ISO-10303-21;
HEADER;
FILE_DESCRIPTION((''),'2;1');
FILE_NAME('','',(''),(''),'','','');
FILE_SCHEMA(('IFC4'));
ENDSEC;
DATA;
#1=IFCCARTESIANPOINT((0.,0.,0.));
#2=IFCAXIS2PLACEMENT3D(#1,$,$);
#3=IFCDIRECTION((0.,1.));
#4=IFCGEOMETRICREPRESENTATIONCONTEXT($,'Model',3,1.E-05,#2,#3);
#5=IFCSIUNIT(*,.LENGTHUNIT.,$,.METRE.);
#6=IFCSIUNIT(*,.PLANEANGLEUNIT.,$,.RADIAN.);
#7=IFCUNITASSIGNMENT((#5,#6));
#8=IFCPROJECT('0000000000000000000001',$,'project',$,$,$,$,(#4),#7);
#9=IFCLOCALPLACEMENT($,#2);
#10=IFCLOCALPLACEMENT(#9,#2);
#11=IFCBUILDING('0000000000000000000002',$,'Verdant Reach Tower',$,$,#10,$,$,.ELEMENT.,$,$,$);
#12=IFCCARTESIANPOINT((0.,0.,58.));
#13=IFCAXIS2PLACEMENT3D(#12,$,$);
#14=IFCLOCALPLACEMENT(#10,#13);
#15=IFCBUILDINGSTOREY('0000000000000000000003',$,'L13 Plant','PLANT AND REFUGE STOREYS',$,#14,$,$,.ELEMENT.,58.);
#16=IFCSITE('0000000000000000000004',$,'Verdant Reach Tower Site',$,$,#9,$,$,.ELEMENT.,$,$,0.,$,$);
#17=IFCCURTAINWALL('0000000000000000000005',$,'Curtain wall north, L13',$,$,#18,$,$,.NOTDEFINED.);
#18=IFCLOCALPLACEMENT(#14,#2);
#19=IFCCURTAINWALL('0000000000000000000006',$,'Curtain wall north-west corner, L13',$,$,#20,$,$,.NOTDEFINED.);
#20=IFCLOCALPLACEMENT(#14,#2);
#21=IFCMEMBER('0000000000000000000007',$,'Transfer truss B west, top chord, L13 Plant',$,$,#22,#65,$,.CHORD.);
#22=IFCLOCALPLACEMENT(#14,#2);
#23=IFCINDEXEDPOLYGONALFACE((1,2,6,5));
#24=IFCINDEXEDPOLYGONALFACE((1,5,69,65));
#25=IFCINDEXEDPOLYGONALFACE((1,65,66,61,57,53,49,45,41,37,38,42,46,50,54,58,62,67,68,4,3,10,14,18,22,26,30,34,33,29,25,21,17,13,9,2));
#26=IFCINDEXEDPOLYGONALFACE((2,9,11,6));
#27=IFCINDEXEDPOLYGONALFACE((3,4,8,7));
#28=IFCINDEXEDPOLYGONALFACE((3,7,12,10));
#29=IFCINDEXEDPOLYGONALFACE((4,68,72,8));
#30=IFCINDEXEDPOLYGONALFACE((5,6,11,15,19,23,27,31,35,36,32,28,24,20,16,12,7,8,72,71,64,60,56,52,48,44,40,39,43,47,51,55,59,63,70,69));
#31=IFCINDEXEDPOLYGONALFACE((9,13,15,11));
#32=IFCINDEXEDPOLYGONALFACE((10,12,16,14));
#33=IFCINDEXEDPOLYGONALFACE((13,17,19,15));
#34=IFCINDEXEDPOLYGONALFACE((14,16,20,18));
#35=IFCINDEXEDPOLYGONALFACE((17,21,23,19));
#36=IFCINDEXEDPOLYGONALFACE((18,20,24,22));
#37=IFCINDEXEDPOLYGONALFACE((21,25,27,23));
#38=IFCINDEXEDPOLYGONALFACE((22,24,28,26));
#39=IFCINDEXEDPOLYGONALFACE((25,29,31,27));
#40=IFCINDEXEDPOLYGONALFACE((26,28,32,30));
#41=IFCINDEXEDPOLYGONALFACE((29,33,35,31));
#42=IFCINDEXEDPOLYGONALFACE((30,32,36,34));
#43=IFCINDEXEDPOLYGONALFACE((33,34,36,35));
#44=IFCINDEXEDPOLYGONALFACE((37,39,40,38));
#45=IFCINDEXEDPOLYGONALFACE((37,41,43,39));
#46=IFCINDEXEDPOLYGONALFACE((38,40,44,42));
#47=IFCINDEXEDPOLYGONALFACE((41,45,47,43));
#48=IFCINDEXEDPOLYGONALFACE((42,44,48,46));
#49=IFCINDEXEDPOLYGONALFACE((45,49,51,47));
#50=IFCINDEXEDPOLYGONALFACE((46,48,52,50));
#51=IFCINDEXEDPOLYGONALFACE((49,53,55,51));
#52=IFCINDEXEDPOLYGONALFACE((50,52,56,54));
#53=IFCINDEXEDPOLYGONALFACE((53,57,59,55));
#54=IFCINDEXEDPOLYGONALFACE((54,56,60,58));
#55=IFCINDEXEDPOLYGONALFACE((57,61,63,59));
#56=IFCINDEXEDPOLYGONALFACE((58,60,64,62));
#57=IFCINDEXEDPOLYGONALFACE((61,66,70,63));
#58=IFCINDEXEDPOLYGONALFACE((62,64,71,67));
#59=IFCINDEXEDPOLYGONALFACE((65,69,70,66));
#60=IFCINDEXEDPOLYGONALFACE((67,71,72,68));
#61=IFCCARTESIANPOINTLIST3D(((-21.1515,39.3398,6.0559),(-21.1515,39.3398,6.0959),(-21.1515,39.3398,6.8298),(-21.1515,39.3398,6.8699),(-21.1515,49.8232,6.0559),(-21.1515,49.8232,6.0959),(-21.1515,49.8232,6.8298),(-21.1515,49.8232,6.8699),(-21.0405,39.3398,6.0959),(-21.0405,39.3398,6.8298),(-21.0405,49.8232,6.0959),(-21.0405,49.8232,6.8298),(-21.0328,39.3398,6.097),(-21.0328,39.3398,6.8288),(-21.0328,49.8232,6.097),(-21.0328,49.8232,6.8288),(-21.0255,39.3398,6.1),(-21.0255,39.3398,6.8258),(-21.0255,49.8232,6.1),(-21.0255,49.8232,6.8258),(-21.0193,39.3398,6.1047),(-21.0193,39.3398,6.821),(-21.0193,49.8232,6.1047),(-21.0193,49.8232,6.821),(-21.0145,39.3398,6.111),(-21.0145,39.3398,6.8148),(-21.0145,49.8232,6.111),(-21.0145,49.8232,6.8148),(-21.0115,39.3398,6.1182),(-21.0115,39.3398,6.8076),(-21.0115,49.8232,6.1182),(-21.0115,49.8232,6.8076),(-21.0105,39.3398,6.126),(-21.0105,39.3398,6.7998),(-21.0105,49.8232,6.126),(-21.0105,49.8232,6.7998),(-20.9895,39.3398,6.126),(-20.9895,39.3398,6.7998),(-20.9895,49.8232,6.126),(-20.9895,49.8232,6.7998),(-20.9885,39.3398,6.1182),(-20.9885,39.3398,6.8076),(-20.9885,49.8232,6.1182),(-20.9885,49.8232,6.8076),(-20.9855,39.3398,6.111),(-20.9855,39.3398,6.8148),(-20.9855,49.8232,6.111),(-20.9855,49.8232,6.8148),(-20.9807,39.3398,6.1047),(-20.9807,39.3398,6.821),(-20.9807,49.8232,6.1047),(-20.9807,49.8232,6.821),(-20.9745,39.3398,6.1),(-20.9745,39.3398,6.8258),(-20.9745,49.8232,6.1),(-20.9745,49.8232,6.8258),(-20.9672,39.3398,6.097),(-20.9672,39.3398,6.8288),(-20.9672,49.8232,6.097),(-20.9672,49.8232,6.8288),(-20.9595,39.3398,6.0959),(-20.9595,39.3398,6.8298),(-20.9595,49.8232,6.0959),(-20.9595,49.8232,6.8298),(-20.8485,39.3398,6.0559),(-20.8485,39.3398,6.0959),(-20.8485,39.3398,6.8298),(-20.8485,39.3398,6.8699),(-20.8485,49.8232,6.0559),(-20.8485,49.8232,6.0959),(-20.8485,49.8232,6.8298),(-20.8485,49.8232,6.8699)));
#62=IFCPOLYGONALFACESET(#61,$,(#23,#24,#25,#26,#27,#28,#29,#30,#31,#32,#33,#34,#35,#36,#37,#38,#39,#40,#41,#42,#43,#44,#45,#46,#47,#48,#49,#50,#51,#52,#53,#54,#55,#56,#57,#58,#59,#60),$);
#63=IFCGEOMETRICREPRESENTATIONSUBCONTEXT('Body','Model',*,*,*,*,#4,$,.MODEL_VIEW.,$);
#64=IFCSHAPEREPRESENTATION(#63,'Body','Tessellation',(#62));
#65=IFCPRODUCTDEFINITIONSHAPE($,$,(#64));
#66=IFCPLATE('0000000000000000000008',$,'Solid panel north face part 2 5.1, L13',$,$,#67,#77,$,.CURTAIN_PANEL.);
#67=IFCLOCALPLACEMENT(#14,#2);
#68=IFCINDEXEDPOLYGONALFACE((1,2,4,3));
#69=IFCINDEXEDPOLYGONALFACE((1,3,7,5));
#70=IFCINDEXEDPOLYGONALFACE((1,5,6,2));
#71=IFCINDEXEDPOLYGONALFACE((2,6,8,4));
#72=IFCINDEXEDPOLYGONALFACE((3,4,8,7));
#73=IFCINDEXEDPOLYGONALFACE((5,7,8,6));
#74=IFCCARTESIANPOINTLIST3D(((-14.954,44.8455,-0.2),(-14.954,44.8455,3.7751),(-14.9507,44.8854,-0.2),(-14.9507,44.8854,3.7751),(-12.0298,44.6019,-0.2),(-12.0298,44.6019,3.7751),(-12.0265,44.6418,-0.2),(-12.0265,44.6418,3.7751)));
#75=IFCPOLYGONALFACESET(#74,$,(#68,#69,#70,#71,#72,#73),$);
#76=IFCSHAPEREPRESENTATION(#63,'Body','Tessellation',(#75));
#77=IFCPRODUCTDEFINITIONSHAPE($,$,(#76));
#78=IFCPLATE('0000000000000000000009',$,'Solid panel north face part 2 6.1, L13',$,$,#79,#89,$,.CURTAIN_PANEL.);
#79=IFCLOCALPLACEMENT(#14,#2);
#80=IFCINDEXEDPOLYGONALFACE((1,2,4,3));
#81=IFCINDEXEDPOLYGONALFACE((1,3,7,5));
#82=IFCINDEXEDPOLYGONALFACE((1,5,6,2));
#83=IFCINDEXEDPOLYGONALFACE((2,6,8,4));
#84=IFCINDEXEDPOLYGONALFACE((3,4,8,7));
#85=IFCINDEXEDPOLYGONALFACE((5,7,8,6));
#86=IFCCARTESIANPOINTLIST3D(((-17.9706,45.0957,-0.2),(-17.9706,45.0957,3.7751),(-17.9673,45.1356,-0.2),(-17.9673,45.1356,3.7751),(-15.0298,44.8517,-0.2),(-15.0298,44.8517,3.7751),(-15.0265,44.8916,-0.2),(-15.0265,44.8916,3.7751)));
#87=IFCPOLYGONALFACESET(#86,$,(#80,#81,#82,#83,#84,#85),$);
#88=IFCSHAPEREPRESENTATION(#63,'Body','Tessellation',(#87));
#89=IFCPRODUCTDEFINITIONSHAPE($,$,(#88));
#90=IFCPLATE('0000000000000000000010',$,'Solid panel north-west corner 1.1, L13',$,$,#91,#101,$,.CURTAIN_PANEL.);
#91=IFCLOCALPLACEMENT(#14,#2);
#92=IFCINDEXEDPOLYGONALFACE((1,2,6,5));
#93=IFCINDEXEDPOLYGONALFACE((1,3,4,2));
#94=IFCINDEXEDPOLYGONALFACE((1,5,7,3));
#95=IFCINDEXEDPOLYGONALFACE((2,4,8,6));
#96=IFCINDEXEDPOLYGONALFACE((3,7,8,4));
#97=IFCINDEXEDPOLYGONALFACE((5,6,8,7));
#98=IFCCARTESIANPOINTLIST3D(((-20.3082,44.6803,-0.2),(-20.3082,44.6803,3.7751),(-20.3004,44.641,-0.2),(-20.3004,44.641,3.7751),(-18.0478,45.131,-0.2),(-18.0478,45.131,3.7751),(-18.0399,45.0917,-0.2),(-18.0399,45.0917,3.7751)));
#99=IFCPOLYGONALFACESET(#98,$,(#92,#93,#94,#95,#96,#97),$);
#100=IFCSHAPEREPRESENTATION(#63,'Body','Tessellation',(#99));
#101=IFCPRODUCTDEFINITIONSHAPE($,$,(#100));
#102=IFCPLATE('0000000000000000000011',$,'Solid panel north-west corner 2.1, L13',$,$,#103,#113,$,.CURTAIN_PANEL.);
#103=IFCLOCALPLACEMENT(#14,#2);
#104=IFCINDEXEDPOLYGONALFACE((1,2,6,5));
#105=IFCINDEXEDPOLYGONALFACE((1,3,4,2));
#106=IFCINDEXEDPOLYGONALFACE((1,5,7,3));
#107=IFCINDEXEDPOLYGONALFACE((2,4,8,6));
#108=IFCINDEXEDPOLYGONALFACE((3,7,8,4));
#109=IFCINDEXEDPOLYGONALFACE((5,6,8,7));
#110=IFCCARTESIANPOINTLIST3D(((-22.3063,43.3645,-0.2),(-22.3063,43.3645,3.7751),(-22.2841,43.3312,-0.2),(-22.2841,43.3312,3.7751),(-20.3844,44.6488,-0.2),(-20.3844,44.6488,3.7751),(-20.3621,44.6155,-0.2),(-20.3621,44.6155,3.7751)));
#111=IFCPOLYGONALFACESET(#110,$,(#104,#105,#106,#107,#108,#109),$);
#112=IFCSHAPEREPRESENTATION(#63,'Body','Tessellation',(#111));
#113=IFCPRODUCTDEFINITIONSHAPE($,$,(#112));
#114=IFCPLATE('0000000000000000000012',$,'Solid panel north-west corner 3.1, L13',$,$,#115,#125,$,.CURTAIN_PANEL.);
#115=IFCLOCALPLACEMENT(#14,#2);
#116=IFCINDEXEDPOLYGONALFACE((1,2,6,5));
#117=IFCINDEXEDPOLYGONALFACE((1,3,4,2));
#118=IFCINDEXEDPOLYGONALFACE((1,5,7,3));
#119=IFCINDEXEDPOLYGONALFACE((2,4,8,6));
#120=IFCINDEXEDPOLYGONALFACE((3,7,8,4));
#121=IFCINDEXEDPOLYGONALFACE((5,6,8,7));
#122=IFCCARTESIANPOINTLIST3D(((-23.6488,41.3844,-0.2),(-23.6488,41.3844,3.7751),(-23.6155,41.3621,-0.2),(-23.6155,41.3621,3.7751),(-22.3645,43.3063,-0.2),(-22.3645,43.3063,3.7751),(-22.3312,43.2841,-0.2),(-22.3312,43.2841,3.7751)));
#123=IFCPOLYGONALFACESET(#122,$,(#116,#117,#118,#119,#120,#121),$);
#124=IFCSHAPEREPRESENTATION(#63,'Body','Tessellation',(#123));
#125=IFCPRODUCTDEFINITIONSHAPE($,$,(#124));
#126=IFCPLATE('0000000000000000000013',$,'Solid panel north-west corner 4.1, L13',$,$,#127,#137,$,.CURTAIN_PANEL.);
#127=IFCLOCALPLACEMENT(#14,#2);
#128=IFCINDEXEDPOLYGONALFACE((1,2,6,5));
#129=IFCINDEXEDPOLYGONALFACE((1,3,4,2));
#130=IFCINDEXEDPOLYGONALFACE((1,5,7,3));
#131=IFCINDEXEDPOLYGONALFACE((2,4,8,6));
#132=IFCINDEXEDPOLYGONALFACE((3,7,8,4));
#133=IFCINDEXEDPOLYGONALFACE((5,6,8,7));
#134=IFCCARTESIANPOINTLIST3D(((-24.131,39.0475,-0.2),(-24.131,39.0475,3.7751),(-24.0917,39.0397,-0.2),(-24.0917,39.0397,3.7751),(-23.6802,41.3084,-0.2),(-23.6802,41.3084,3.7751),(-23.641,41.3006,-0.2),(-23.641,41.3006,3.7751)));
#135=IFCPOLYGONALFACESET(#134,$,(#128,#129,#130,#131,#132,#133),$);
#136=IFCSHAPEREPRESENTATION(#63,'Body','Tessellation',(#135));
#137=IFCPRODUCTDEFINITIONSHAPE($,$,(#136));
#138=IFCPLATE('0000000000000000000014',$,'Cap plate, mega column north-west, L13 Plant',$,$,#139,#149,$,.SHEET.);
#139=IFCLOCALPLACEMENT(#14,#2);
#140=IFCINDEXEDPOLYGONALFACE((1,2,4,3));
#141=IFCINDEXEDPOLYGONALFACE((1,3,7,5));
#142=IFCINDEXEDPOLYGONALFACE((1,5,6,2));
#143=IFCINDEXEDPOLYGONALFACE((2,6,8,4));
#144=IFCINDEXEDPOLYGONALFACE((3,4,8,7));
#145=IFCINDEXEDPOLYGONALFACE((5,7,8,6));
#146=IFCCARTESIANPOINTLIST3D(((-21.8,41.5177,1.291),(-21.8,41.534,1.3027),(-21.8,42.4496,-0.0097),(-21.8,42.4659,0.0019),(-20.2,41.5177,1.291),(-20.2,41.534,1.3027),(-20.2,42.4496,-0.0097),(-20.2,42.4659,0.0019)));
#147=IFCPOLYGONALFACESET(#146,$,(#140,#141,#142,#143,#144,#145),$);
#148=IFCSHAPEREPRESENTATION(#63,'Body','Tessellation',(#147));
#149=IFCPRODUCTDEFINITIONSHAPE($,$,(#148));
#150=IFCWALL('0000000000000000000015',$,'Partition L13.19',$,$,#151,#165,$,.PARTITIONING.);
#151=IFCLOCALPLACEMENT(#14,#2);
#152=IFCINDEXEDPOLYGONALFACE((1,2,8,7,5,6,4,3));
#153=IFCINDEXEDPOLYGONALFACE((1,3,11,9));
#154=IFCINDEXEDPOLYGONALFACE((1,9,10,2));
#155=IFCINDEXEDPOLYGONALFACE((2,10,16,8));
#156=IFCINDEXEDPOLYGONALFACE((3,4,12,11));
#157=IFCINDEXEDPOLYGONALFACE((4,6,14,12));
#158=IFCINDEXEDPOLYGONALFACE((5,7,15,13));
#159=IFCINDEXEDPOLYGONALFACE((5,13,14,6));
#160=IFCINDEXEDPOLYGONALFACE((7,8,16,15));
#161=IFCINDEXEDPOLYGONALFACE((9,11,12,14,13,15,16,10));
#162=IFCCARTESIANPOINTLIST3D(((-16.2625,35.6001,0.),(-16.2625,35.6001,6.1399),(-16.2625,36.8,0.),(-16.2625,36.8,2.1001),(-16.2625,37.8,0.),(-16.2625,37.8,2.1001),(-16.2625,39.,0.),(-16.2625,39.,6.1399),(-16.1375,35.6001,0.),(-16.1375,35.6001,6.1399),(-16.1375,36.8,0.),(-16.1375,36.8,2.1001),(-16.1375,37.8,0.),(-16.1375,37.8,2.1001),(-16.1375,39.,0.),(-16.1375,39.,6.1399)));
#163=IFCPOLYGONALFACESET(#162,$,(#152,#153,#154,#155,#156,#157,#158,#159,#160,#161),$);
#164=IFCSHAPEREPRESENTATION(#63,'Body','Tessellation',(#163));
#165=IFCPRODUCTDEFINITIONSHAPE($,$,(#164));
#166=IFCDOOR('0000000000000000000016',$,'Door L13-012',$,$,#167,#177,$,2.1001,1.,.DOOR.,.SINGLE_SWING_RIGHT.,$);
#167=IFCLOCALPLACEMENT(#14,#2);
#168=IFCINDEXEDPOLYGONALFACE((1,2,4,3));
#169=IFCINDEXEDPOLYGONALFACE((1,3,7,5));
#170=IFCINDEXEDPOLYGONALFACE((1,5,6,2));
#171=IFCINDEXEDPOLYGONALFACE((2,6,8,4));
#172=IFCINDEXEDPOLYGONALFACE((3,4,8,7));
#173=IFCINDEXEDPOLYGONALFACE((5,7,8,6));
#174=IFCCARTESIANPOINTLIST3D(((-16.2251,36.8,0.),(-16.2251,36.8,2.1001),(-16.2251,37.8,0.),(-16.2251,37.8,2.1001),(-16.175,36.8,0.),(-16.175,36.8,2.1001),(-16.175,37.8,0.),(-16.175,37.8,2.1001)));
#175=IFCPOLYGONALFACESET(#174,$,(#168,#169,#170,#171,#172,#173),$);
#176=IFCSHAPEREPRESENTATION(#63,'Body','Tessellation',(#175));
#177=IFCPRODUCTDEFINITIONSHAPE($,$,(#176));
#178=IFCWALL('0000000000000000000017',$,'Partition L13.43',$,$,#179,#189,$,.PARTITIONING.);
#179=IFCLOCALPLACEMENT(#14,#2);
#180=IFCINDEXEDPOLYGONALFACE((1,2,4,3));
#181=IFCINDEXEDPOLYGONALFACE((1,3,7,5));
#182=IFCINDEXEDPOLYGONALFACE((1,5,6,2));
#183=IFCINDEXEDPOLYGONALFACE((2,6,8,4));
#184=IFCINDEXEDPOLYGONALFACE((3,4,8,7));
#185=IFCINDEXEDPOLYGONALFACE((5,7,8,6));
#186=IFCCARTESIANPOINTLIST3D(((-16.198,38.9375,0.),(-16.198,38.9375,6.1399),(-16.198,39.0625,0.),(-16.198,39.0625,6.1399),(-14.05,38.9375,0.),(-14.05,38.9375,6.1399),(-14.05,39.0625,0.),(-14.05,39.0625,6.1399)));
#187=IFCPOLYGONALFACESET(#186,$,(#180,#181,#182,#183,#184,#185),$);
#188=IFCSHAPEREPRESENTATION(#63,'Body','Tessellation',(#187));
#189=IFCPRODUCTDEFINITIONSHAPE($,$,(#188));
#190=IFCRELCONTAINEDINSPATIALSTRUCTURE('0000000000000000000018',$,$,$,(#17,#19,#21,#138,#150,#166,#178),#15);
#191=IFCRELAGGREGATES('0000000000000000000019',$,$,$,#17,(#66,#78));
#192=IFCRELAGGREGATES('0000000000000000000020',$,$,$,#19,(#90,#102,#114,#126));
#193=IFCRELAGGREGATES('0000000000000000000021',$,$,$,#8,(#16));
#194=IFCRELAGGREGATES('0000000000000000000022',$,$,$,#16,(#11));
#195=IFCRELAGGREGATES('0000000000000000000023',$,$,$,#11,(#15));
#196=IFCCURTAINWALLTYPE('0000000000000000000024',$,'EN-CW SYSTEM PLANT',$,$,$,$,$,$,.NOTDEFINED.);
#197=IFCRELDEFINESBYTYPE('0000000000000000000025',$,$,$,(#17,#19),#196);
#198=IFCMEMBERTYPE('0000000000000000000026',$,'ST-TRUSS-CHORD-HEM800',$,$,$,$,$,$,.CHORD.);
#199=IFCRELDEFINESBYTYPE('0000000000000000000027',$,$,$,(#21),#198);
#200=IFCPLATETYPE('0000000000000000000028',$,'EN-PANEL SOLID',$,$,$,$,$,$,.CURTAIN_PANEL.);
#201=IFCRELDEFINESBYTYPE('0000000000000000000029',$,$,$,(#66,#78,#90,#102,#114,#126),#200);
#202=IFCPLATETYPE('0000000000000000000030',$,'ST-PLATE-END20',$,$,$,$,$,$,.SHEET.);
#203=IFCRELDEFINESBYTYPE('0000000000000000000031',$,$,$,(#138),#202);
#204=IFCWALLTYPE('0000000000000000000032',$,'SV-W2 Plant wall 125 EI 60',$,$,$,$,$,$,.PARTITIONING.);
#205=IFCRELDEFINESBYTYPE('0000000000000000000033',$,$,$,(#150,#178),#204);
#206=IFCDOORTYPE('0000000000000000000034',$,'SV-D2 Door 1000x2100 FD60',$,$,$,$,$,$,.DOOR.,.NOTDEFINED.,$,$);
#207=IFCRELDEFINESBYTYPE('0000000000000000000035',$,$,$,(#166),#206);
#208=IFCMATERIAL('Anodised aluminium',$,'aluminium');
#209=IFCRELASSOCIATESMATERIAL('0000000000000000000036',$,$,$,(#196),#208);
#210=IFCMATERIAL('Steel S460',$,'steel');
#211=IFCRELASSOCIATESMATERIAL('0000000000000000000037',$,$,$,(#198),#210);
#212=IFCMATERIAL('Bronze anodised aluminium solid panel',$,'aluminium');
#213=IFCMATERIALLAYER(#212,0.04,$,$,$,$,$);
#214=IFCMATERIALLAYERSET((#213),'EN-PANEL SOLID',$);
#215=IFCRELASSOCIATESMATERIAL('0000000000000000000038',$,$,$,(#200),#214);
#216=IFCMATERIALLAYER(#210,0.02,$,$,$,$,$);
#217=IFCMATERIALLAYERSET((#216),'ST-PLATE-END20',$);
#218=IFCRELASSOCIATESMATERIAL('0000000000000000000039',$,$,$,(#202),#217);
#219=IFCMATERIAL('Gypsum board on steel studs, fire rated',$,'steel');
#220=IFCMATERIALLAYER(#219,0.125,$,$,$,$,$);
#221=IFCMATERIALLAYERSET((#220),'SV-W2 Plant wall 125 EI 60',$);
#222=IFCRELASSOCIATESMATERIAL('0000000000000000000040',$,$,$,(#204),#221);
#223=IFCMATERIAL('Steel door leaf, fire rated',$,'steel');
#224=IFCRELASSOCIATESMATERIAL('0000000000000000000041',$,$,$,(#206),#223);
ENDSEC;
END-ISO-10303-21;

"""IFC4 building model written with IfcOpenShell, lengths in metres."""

from ifc_helpers import new_model, si_unit, direction, frame, frame_2d, origin, origin_2d, place, context, subcontext, project, spatial, rectangle, i_section, extrude, material, layer, layer_set, material_profile, profile_set, type_object, element, fill, aggregate, save


model = new_model("IFC4")

# Units and contexts
model_context = context("Model", 3, precision=1e-05, world=origin(), true_north=direction((0.0, 1.0)))
body_context = subcontext(model_context, "Body", "Model", "MODEL_VIEW")
ifc_project = project(units=[si_unit("LENGTHUNIT", "METRE"), si_unit("PLANEANGLEUNIT", "RADIAN")], contexts=[model_context])

# Site, building, storey
site_placement = place(None, origin())
site = spatial("IfcSite", under=ifc_project, at=site_placement, Name="Verdant Reach Tower Site", CompositionType="ELEMENT", RefElevation=0.0)
building_placement = place(site_placement, origin())
building = spatial("IfcBuilding", under=site, at=building_placement, Name="Verdant Reach Tower", CompositionType="ELEMENT")
storey_placement = place(building_placement, frame((0.0, 0.0, 58.0)))
storey = spatial("IfcBuildingStorey", under=building, at=storey_placement, Name="L13 Plant", Description="PLANT AND REFUGE STOREYS", CompositionType="ELEMENT", Elevation=58.0)

# Shared definitions
ifc_material_1 = material(Name="Steel S460", Category="steel")

# Curtain wall
ifc_material_2 = material(Name="Anodised aluminium", Category="aluminium")
curtain_wall_type = type_object("IfcCurtainWallType", Name="EN-CW SYSTEM PLANT", PredefinedType="NOTDEFINED", material=ifc_material_2)
curtain_wall_1_placement = place(storey_placement, origin())
curtain_wall_1 = element("IfcCurtainWall", 1, at=curtain_wall_1_placement, inside=storey, type_object=curtain_wall_type, Name="Curtain wall north, L13", PredefinedType="NOTDEFINED")

# Curtain wall
curtain_wall_2_placement = place(storey_placement, origin())
curtain_wall_2 = element("IfcCurtainWall", 2, at=curtain_wall_2_placement, inside=storey, type_object=curtain_wall_type, Name="Curtain wall north-west corner, L13", PredefinedType="NOTDEFINED")

# Member
ifc_material_profile_1 = material_profile(ifc_material_1, i_section(OverallWidth=0.303, OverallDepth=0.814, WebThickness=0.021, FlangeThickness=0.04, FilletRadius=0.03, at=origin_2d()), Name="HEM 800")
ifc_profile_set_1 = profile_set([ifc_material_profile_1], Name="Steel S460")
member_type_1 = type_object("IfcMemberType", Name="ST-TRUSS-CHORD-HEM800", PredefinedType="CHORD", material=ifc_profile_set_1)
member_1_placement = place(storey_placement, frame((-21.0, 39.3398, 6.4629), z_axis=(0.0, 1.0, 0.0), x_axis=(-1.0, 0.0, 0.0)))
element("IfcMember", 3, at=member_1_placement, inside=storey, type_object=member_type_1, Name="Transfer truss B west, top chord, L13 Plant", PredefinedType="CHORD", context=body_context, shape_type="SweptSolid", body=[
    extrude(i_section(OverallWidth=0.303, OverallDepth=0.814, WebThickness=0.021, FlangeThickness=0.04, FilletRadius=0.03, at=origin_2d()), origin(), (0.0, 0.0, 1.0), 10.4834),
])

# Plates
ifc_material_3 = material(Name="Bronze anodised aluminium solid panel", Category="aluminium")
ifc_layer_1 = layer(ifc_material_3, 0.04)
ifc_layer_set_1 = layer_set([ifc_layer_1], Name="EN-PANEL SOLID")
plate_type_1 = type_object("IfcPlateType", Name="EN-PANEL SOLID", PredefinedType="CURTAIN_PANEL", material=ifc_layer_set_1)
plate_1_placement = place(storey_placement, frame((-13.4902, 44.7437, -0.2), z_axis=(0.0, 0.0, 1.0), x_axis=(-0.996546, 0.083045, 0.0)))
plate_1 = element("IfcPlate", 4, at=plate_1_placement, type_object=plate_type_1, Name="Solid panel north face part 2 5.1, L13", PredefinedType="CURTAIN_PANEL", context=body_context, shape_type="SweptSolid", body=[
    extrude(rectangle(XDim=2.9343, YDim=0.04, at=origin_2d()), origin(), (0.0, 0.0, 1.0), 3.9751),
])
plate_2_placement = place(storey_placement, frame((-16.4985, 44.9937, -0.2), z_axis=(0.0, 0.0, 1.0), x_axis=(-0.996578, 0.082664, 0.0)))
plate_2 = element("IfcPlate", 5, at=plate_2_placement, type_object=plate_type_1, Name="Solid panel north face part 2 6.1, L13", PredefinedType="CURTAIN_PANEL", context=body_context, shape_type="SweptSolid", body=[
    extrude(rectangle(XDim=2.9509, YDim=0.04, at=origin_2d()), origin(), (0.0, 0.0, 1.0), 3.9751),
])
plate_3_placement = place(storey_placement, frame((-19.1741, 44.886, -0.2), z_axis=(0.0, 0.0, 1.0), x_axis=(-0.980695, -0.195545, 0.0)))
plate_3 = element("IfcPlate", 6, at=plate_3_placement, type_object=plate_type_1, Name="Solid panel north-west corner 1.1, L13", PredefinedType="CURTAIN_PANEL", context=body_context, shape_type="SweptSolid", body=[
    extrude(rectangle(XDim=2.3049, YDim=0.04, at=origin_2d()), origin(), (0.0, 0.0, 1.0), 3.9751),
])
plate_4_placement = place(storey_placement, frame((-21.3342, 43.99, -0.2), z_axis=(0.0, 0.0, 1.0), x_axis=(-0.831452, -0.555596, 0.0)))
plate_4 = element("IfcPlate", 7, at=plate_4_placement, type_object=plate_type_1, Name="Solid panel north-west corner 2.1, L13", PredefinedType="CURTAIN_PANEL", context=body_context, shape_type="SweptSolid", body=[
    extrude(rectangle(XDim=2.3115, YDim=0.04, at=origin_2d()), origin(), (0.0, 0.0, 1.0), 3.9751),
])
plate_5_placement = place(storey_placement, frame((-22.99, 42.3342, -0.2), z_axis=(0.0, 0.0, 1.0), x_axis=(-0.555596, -0.831452, 0.0)))
plate_5 = element("IfcPlate", 8, at=plate_5_placement, type_object=plate_type_1, Name="Solid panel north-west corner 3.1, L13", PredefinedType="CURTAIN_PANEL", context=body_context, shape_type="SweptSolid", body=[
    extrude(rectangle(XDim=2.3115, YDim=0.04, at=origin_2d()), origin(), (0.0, 0.0, 1.0), 3.9751),
])
plate_6_placement = place(storey_placement, frame((-23.886, 40.1741, -0.2), z_axis=(0.0, 0.0, 1.0), x_axis=(-0.195519, -0.9807, 0.0)))
plate_6 = element("IfcPlate", 9, at=plate_6_placement, type_object=plate_type_1, Name="Solid panel north-west corner 4.1, L13", PredefinedType="CURTAIN_PANEL", context=body_context, shape_type="SweptSolid", body=[
    extrude(rectangle(XDim=2.3054, YDim=0.04, at=origin_2d()), origin(), (0.0, 0.0, 1.0), 3.9751),
])
ifc_layer_2 = layer(ifc_material_1, 0.02)
ifc_layer_set_2 = layer_set([ifc_layer_2], Name="ST-PLATE-END20")
plate_type_2 = type_object("IfcPlateType", Name="ST-PLATE-END20", PredefinedType="SHEET", material=ifc_layer_set_2)
plate_7_placement = place(storey_placement, frame((-21.0, 41.9836, 0.6406), z_axis=(0.0, 0.812913, 0.582385), x_axis=(-1.0, 0.0, 0.0)))
element("IfcPlate", 10, at=plate_7_placement, inside=storey, type_object=plate_type_2, Name="Cap plate, mega column north-west, L13 Plant", PredefinedType="SHEET", context=body_context, shape_type="SweptSolid", body=[
    extrude(rectangle(XDim=1.6001, YDim=1.6001, at=origin_2d()), origin(), (0.0, 0.0, 1.0), 0.02),
])

# Wall, opening, door
ifc_material_4 = material(Name="Gypsum board on steel studs, fire rated", Category="steel")
ifc_layer_3 = layer(ifc_material_4, 0.125)
ifc_layer_set_3 = layer_set([ifc_layer_3], Name="SV-W2 Plant wall 125 EI 60")
wall_type = type_object("IfcWallType", Name="SV-W2 Plant wall 125 EI 60", PredefinedType="PARTITIONING", material=ifc_layer_set_3)
wall_1_placement = place(storey_placement, frame((-16.2, 39.0, 0.0), z_axis=(0.0, 0.0, 1.0), x_axis=(0.0, -1.0, 0.0)))
wall_1 = element("IfcWall", 11, at=wall_1_placement, inside=storey, type_object=wall_type, Name="Partition L13.19", PredefinedType="PARTITIONING", context=body_context, shape_type="SweptSolid", body=[
    extrude(rectangle(XDim=3.3999, YDim=0.125, at=frame_2d((1.7, 0.0))), origin(), (0.0, 0.0, 1.0), 6.1399),
])
opening_placement = place(wall_1_placement, frame((1.2, 0.0, 0.0)))
opening = element("IfcOpeningElement", 12, at=opening_placement, cuts=wall_1, PredefinedType="OPENING", context=body_context, shape_type="SweptSolid", body=[
    extrude(rectangle(XDim=1.0, YDim=2.1001, at=frame_2d((0.5, 1.05))), frame((0.0, 0.0725, 0.0), z_axis=(0.0, -1.0, 0.0), x_axis=(1.0, 0.0, 0.0)), (0.0, 0.0, 1.0), 0.145),
])
ifc_material_5 = material(Name="Steel door leaf, fire rated", Category="steel")
door_type = type_object("IfcDoorType", Name="SV-D2 Door 1000x2100 FD60", OperationType="NOTDEFINED", PredefinedType="DOOR", material=ifc_material_5)
door_placement = place(opening_placement, origin())
door = element("IfcDoor", 13, at=door_placement, inside=storey, type_object=door_type, Name="Door L13-012", OperationType="SINGLE_SWING_RIGHT", OverallHeight=2.1001, OverallWidth=1.0, PredefinedType="DOOR", context=body_context, shape_type="SweptSolid", body=[
    extrude(rectangle(XDim=1.0, YDim=2.1001, at=frame_2d((0.5, 1.05))), frame((0.0, 0.0249, 0.0), z_axis=(0.0, -1.0, 0.0), x_axis=(1.0, 0.0, 0.0)), (0.0, 0.0, 1.0), 0.05),
])
fill(opening, door)

# Wall
wall_2_placement = place(storey_placement, frame((-16.198, 39.0, 0.0), z_axis=(0.0, 0.0, 1.0), x_axis=(1.0, 0.0, 0.0)))
element("IfcWall", 14, at=wall_2_placement, inside=storey, type_object=wall_type, Name="Partition L13.43", PredefinedType="PARTITIONING", context=body_context, shape_type="SweptSolid", body=[
    extrude(rectangle(XDim=2.1479, YDim=0.125, at=frame_2d((1.074, 0.0))), origin(), (0.0, 0.0, 1.0), 6.1399),
])

aggregate(curtain_wall_1, [plate_1, plate_2])
aggregate(curtain_wall_2, [plate_3, plate_4, plate_5, plate_6])

save(model, "model.ifc")
